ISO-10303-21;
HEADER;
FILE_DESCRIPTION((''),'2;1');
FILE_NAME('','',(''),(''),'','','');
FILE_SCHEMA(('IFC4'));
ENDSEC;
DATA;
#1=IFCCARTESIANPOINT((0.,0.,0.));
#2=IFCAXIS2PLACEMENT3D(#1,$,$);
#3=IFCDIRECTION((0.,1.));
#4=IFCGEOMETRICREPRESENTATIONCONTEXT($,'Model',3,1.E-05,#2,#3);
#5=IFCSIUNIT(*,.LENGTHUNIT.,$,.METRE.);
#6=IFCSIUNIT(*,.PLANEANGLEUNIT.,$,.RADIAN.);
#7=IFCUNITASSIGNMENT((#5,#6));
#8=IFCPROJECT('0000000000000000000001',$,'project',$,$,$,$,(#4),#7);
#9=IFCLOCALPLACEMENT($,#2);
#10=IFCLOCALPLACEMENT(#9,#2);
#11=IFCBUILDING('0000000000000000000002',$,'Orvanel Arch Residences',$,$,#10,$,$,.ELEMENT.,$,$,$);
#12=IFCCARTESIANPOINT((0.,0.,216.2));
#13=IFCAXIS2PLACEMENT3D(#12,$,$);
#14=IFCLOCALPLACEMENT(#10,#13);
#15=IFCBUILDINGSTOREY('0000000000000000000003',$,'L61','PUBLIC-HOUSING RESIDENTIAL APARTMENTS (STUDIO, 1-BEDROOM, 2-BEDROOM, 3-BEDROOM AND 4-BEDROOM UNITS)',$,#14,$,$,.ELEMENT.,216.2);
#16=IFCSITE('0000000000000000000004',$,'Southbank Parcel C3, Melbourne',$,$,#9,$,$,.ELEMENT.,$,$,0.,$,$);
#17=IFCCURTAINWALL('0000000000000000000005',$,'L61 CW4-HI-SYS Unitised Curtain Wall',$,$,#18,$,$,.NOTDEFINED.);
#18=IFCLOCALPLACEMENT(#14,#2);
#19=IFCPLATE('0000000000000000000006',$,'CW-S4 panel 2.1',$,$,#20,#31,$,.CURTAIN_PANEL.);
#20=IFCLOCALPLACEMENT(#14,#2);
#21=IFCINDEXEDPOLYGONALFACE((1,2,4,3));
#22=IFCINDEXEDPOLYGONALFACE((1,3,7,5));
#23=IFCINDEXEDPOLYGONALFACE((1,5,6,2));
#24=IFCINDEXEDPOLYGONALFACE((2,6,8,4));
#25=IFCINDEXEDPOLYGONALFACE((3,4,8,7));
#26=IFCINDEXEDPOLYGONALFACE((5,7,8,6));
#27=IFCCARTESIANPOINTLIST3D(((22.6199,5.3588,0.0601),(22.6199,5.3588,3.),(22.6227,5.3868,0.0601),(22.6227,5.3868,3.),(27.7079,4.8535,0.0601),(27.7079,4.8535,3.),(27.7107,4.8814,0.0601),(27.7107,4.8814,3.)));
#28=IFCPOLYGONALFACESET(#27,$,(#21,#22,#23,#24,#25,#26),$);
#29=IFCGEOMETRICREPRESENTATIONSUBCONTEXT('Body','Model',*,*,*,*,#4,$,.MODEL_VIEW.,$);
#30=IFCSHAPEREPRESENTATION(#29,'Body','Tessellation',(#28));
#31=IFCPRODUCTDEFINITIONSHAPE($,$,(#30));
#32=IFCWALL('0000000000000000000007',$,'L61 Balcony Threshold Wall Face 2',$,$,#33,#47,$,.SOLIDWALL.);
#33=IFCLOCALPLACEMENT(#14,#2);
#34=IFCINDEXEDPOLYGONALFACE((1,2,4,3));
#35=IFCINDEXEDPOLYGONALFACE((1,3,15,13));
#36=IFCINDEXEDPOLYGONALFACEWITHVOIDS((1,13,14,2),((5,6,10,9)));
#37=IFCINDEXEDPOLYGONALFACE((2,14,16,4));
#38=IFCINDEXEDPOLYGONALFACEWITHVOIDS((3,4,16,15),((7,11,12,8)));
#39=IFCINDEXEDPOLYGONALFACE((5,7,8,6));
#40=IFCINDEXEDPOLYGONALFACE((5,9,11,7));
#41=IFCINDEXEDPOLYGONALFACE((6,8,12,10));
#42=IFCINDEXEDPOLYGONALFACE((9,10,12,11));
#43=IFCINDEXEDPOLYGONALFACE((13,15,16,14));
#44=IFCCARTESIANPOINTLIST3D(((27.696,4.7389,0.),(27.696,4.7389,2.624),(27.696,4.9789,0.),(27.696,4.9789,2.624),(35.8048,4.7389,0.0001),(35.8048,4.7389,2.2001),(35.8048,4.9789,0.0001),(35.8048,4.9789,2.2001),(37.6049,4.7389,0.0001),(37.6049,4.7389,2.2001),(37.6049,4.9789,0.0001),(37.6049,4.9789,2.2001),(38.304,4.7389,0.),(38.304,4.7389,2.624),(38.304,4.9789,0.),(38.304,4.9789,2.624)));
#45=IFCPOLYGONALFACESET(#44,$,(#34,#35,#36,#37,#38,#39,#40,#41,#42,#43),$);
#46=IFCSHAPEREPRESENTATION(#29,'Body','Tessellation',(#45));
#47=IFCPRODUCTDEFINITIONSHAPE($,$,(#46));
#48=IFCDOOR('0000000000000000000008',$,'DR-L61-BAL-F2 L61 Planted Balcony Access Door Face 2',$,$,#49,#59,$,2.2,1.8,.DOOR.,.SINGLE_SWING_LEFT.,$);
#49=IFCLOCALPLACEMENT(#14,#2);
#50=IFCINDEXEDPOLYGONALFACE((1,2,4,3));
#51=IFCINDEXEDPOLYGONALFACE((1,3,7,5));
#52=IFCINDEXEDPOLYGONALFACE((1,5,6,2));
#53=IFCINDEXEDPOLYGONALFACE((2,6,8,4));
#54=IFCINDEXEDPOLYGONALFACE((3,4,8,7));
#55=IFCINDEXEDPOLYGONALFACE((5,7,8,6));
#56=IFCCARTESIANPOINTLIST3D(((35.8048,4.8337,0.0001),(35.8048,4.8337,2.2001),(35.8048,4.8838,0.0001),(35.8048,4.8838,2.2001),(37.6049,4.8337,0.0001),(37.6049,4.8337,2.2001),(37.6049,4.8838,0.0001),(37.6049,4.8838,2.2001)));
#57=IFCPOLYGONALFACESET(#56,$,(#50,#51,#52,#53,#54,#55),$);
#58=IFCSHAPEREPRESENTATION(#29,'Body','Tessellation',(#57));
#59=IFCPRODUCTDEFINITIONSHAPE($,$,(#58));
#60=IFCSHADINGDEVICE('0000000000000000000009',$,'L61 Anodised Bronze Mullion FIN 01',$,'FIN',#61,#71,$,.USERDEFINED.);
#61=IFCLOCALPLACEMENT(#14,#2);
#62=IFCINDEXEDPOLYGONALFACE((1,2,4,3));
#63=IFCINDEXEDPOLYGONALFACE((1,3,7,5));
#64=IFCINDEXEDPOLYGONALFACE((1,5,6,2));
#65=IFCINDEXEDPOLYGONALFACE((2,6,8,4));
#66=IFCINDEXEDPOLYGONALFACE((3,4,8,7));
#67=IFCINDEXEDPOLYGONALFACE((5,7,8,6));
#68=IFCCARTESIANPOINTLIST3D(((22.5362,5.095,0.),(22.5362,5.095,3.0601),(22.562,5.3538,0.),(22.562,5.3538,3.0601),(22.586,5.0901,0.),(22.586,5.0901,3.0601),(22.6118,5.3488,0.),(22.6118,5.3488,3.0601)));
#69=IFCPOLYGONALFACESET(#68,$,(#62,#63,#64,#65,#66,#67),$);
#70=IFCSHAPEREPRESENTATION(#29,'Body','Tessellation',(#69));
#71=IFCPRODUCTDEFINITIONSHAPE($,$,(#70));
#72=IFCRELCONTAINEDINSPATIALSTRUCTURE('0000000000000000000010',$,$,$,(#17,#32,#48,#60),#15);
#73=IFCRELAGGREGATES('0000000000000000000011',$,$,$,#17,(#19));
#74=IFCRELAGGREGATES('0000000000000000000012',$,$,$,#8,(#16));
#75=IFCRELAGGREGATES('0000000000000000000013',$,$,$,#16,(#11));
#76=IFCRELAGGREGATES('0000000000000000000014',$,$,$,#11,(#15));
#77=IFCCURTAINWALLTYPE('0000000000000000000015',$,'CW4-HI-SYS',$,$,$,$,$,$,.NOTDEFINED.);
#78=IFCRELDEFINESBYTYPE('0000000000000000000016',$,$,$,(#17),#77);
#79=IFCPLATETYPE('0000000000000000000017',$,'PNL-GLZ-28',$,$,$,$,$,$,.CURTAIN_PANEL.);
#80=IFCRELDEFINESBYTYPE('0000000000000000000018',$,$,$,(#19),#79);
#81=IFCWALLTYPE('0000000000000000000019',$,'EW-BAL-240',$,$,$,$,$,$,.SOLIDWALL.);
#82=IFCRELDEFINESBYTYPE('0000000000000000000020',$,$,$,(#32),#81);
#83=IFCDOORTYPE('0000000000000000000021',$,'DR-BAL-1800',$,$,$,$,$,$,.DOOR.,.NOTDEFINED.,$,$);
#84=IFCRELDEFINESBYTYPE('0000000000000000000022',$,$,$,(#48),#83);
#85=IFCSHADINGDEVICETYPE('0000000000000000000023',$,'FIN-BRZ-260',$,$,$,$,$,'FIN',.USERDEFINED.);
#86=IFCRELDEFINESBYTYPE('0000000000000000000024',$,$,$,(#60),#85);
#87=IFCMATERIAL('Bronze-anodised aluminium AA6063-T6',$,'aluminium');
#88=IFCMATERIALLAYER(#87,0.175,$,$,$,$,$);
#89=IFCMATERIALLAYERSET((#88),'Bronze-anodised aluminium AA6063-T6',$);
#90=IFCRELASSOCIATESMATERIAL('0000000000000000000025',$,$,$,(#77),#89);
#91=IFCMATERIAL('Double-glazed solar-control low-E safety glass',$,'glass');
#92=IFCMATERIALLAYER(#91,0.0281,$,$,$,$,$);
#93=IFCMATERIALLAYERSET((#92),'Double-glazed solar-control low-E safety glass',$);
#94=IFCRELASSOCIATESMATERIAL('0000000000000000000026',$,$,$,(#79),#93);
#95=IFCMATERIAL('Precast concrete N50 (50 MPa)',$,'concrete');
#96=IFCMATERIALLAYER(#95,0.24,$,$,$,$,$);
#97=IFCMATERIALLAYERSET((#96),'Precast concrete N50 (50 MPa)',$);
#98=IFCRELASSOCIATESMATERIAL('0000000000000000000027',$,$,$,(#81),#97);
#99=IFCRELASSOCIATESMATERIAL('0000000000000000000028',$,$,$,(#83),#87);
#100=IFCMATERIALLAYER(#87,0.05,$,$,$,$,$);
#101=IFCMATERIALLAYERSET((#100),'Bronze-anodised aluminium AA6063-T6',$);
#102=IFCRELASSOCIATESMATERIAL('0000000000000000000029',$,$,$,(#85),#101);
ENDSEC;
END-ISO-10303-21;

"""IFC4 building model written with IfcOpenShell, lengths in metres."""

from ifc_helpers import new_model, si_unit, direction, frame, frame_2d, origin, origin_2d, place, context, subcontext, project, spatial, rectangle, extrude, material, layer, layer_set, type_object, element, fill, aggregate, save


model = new_model("IFC4")

# Units and contexts
model_context = context("Model", 3, precision=1e-05, world=origin(), true_north=direction((0.0, 1.0)))
body_context = subcontext(model_context, "Body", "Model", "MODEL_VIEW")
ifc_project = project(units=[si_unit("LENGTHUNIT", "METRE"), si_unit("PLANEANGLEUNIT", "RADIAN")], contexts=[model_context])

# Site, building, storey
site_placement = place(None, origin())
site = spatial("IfcSite", under=ifc_project, at=site_placement, Name="Southbank Parcel C3, Melbourne", CompositionType="ELEMENT", RefElevation=0.0)
building_placement = place(site_placement, origin())
building = spatial("IfcBuilding", under=site, at=building_placement, Name="Orvanel Arch Residences", CompositionType="ELEMENT")
storey_placement = place(building_placement, frame((0.0, 0.0, 216.2)))
storey = spatial("IfcBuildingStorey", under=building, at=storey_placement, Name="L61", Description="PUBLIC-HOUSING RESIDENTIAL APARTMENTS (STUDIO, 1-BEDROOM, 2-BEDROOM, 3-BEDROOM AND 4-BEDROOM UNITS)", CompositionType="ELEMENT", Elevation=216.2)

# Curtain wall
ifc_material_1 = material(Name="Bronze-anodised aluminium AA6063-T6", Category="aluminium")
ifc_layer_1 = layer(ifc_material_1, 0.175)
ifc_layer_set_1 = layer_set([ifc_layer_1], Name="Bronze-anodised aluminium AA6063-T6")
curtain_wall_type = type_object("IfcCurtainWallType", Name="CW4-HI-SYS", PredefinedType="NOTDEFINED", material=ifc_layer_set_1)
curtain_wall_placement = place(storey_placement, origin())
curtain_wall = element("IfcCurtainWall", 1, at=curtain_wall_placement, inside=storey, type_object=curtain_wall_type, Name="L61 CW4-HI-SYS Unitised Curtain Wall", PredefinedType="NOTDEFINED")

# Plate
ifc_material_2 = material(Name="Double-glazed solar-control low-E safety glass", Category="glass")
ifc_layer_2 = layer(ifc_material_2, 0.0281)
ifc_layer_set_2 = layer_set([ifc_layer_2], Name="Double-glazed solar-control low-E safety glass")
plate_type = type_object("IfcPlateType", Name="PNL-GLZ-28", PredefinedType="CURTAIN_PANEL", material=ifc_layer_set_2)
plate_1_placement = place(storey_placement, frame((25.1653, 5.1201, 0.0601), z_axis=(0.0, 0.0, 1.0), x_axis=(0.995103, -0.098839, 0.0)))
plate_1 = element("IfcPlate", 2, at=plate_1_placement, type_object=plate_type, Name="CW-S4 panel 2.1", PredefinedType="CURTAIN_PANEL", context=body_context, shape_type="SweptSolid", body=[
    extrude(rectangle(XDim=5.113, YDim=0.0281, at=origin_2d()), origin(), (0.0, 0.0, 1.0), 2.9399),
])
aggregate(curtain_wall, [plate_1])

# Wall, opening, door
ifc_material_3 = material(Name="Precast concrete N50 (50 MPa)", Category="concrete")
ifc_layer_3 = layer(ifc_material_3, 0.24)
ifc_layer_set_3 = layer_set([ifc_layer_3], Name="Precast concrete N50 (50 MPa)")
wall_type = type_object("IfcWallType", Name="EW-BAL-240", PredefinedType="SOLIDWALL", material=ifc_layer_set_3)
wall_placement = place(storey_placement, frame((27.696, 4.8589, 0.0), z_axis=(0.0, 0.0, 1.0), x_axis=(1.0, 0.0, 0.0)))
wall = element("IfcWall", 3, at=wall_placement, inside=storey, type_object=wall_type, Name="L61 Balcony Threshold Wall Face 2", PredefinedType="SOLIDWALL", context=body_context, shape_type="SweptSolid", body=[
    extrude(rectangle(XDim=10.6079, YDim=0.24, at=frame_2d((5.304, 0.0))), origin(), (0.0, 0.0, 1.0), 2.624),
])
opening_placement = place(wall_placement, frame((8.1089, 0.0, 0.0)))
opening = element("IfcOpeningElement", 4, at=opening_placement, cuts=wall, PredefinedType="OPENING", context=body_context, shape_type="SweptSolid", body=[
    extrude(rectangle(XDim=1.8, YDim=2.2, at=frame_2d((0.8999, 1.1001))), frame((0.0, 0.1299, 0.0), z_axis=(0.0, -1.0, 0.0), x_axis=(1.0, 0.0, 0.0)), (0.0, 0.0, 1.0), 0.26),
])
door_type = type_object("IfcDoorType", Name="DR-BAL-1800", OperationType="NOTDEFINED", PredefinedType="DOOR", material=ifc_material_1)
door_placement = place(opening_placement, origin())
door = element("IfcDoor", 5, at=door_placement, inside=storey, type_object=door_type, Name="DR-L61-BAL-F2 L61 Planted Balcony Access Door Face 2", OperationType="SINGLE_SWING_LEFT", OverallHeight=2.2, OverallWidth=1.8, PredefinedType="DOOR", context=body_context, shape_type="SweptSolid", body=[
    extrude(rectangle(XDim=1.8, YDim=2.2, at=frame_2d((0.8999, 1.1001))), frame((0.0, 0.0249, 0.0), z_axis=(0.0, -1.0, 0.0), x_axis=(1.0, 0.0, 0.0)), (0.0, 0.0, 1.0), 0.05),
])
fill(opening, door)

# Shading device
ifc_layer_4 = layer(ifc_material_1, 0.05)
ifc_layer_set_4 = layer_set([ifc_layer_4], Name="Bronze-anodised aluminium AA6063-T6")
shading_device_type = type_object("IfcShadingDeviceType", Name="FIN-BRZ-260", ElementType="FIN", PredefinedType="USERDEFINED", material=ifc_layer_set_4)
shading_device_placement = place(storey_placement, frame((22.574, 5.2219, 0.0), z_axis=(0.0, 0.0, 1.0), x_axis=(-0.09932, -0.995056, 0.0)))
element("IfcShadingDevice", 6, at=shading_device_placement, inside=storey, type_object=shading_device_type, Name="L61 Anodised Bronze Mullion FIN 01", ObjectType="FIN", PredefinedType="USERDEFINED", context=body_context, shape_type="SweptSolid", body=[
    extrude(rectangle(XDim=0.26, YDim=0.05, at=origin_2d()), origin(), (0.0, 0.0, 1.0), 3.0601),
])

save(model, "model.ifc")
